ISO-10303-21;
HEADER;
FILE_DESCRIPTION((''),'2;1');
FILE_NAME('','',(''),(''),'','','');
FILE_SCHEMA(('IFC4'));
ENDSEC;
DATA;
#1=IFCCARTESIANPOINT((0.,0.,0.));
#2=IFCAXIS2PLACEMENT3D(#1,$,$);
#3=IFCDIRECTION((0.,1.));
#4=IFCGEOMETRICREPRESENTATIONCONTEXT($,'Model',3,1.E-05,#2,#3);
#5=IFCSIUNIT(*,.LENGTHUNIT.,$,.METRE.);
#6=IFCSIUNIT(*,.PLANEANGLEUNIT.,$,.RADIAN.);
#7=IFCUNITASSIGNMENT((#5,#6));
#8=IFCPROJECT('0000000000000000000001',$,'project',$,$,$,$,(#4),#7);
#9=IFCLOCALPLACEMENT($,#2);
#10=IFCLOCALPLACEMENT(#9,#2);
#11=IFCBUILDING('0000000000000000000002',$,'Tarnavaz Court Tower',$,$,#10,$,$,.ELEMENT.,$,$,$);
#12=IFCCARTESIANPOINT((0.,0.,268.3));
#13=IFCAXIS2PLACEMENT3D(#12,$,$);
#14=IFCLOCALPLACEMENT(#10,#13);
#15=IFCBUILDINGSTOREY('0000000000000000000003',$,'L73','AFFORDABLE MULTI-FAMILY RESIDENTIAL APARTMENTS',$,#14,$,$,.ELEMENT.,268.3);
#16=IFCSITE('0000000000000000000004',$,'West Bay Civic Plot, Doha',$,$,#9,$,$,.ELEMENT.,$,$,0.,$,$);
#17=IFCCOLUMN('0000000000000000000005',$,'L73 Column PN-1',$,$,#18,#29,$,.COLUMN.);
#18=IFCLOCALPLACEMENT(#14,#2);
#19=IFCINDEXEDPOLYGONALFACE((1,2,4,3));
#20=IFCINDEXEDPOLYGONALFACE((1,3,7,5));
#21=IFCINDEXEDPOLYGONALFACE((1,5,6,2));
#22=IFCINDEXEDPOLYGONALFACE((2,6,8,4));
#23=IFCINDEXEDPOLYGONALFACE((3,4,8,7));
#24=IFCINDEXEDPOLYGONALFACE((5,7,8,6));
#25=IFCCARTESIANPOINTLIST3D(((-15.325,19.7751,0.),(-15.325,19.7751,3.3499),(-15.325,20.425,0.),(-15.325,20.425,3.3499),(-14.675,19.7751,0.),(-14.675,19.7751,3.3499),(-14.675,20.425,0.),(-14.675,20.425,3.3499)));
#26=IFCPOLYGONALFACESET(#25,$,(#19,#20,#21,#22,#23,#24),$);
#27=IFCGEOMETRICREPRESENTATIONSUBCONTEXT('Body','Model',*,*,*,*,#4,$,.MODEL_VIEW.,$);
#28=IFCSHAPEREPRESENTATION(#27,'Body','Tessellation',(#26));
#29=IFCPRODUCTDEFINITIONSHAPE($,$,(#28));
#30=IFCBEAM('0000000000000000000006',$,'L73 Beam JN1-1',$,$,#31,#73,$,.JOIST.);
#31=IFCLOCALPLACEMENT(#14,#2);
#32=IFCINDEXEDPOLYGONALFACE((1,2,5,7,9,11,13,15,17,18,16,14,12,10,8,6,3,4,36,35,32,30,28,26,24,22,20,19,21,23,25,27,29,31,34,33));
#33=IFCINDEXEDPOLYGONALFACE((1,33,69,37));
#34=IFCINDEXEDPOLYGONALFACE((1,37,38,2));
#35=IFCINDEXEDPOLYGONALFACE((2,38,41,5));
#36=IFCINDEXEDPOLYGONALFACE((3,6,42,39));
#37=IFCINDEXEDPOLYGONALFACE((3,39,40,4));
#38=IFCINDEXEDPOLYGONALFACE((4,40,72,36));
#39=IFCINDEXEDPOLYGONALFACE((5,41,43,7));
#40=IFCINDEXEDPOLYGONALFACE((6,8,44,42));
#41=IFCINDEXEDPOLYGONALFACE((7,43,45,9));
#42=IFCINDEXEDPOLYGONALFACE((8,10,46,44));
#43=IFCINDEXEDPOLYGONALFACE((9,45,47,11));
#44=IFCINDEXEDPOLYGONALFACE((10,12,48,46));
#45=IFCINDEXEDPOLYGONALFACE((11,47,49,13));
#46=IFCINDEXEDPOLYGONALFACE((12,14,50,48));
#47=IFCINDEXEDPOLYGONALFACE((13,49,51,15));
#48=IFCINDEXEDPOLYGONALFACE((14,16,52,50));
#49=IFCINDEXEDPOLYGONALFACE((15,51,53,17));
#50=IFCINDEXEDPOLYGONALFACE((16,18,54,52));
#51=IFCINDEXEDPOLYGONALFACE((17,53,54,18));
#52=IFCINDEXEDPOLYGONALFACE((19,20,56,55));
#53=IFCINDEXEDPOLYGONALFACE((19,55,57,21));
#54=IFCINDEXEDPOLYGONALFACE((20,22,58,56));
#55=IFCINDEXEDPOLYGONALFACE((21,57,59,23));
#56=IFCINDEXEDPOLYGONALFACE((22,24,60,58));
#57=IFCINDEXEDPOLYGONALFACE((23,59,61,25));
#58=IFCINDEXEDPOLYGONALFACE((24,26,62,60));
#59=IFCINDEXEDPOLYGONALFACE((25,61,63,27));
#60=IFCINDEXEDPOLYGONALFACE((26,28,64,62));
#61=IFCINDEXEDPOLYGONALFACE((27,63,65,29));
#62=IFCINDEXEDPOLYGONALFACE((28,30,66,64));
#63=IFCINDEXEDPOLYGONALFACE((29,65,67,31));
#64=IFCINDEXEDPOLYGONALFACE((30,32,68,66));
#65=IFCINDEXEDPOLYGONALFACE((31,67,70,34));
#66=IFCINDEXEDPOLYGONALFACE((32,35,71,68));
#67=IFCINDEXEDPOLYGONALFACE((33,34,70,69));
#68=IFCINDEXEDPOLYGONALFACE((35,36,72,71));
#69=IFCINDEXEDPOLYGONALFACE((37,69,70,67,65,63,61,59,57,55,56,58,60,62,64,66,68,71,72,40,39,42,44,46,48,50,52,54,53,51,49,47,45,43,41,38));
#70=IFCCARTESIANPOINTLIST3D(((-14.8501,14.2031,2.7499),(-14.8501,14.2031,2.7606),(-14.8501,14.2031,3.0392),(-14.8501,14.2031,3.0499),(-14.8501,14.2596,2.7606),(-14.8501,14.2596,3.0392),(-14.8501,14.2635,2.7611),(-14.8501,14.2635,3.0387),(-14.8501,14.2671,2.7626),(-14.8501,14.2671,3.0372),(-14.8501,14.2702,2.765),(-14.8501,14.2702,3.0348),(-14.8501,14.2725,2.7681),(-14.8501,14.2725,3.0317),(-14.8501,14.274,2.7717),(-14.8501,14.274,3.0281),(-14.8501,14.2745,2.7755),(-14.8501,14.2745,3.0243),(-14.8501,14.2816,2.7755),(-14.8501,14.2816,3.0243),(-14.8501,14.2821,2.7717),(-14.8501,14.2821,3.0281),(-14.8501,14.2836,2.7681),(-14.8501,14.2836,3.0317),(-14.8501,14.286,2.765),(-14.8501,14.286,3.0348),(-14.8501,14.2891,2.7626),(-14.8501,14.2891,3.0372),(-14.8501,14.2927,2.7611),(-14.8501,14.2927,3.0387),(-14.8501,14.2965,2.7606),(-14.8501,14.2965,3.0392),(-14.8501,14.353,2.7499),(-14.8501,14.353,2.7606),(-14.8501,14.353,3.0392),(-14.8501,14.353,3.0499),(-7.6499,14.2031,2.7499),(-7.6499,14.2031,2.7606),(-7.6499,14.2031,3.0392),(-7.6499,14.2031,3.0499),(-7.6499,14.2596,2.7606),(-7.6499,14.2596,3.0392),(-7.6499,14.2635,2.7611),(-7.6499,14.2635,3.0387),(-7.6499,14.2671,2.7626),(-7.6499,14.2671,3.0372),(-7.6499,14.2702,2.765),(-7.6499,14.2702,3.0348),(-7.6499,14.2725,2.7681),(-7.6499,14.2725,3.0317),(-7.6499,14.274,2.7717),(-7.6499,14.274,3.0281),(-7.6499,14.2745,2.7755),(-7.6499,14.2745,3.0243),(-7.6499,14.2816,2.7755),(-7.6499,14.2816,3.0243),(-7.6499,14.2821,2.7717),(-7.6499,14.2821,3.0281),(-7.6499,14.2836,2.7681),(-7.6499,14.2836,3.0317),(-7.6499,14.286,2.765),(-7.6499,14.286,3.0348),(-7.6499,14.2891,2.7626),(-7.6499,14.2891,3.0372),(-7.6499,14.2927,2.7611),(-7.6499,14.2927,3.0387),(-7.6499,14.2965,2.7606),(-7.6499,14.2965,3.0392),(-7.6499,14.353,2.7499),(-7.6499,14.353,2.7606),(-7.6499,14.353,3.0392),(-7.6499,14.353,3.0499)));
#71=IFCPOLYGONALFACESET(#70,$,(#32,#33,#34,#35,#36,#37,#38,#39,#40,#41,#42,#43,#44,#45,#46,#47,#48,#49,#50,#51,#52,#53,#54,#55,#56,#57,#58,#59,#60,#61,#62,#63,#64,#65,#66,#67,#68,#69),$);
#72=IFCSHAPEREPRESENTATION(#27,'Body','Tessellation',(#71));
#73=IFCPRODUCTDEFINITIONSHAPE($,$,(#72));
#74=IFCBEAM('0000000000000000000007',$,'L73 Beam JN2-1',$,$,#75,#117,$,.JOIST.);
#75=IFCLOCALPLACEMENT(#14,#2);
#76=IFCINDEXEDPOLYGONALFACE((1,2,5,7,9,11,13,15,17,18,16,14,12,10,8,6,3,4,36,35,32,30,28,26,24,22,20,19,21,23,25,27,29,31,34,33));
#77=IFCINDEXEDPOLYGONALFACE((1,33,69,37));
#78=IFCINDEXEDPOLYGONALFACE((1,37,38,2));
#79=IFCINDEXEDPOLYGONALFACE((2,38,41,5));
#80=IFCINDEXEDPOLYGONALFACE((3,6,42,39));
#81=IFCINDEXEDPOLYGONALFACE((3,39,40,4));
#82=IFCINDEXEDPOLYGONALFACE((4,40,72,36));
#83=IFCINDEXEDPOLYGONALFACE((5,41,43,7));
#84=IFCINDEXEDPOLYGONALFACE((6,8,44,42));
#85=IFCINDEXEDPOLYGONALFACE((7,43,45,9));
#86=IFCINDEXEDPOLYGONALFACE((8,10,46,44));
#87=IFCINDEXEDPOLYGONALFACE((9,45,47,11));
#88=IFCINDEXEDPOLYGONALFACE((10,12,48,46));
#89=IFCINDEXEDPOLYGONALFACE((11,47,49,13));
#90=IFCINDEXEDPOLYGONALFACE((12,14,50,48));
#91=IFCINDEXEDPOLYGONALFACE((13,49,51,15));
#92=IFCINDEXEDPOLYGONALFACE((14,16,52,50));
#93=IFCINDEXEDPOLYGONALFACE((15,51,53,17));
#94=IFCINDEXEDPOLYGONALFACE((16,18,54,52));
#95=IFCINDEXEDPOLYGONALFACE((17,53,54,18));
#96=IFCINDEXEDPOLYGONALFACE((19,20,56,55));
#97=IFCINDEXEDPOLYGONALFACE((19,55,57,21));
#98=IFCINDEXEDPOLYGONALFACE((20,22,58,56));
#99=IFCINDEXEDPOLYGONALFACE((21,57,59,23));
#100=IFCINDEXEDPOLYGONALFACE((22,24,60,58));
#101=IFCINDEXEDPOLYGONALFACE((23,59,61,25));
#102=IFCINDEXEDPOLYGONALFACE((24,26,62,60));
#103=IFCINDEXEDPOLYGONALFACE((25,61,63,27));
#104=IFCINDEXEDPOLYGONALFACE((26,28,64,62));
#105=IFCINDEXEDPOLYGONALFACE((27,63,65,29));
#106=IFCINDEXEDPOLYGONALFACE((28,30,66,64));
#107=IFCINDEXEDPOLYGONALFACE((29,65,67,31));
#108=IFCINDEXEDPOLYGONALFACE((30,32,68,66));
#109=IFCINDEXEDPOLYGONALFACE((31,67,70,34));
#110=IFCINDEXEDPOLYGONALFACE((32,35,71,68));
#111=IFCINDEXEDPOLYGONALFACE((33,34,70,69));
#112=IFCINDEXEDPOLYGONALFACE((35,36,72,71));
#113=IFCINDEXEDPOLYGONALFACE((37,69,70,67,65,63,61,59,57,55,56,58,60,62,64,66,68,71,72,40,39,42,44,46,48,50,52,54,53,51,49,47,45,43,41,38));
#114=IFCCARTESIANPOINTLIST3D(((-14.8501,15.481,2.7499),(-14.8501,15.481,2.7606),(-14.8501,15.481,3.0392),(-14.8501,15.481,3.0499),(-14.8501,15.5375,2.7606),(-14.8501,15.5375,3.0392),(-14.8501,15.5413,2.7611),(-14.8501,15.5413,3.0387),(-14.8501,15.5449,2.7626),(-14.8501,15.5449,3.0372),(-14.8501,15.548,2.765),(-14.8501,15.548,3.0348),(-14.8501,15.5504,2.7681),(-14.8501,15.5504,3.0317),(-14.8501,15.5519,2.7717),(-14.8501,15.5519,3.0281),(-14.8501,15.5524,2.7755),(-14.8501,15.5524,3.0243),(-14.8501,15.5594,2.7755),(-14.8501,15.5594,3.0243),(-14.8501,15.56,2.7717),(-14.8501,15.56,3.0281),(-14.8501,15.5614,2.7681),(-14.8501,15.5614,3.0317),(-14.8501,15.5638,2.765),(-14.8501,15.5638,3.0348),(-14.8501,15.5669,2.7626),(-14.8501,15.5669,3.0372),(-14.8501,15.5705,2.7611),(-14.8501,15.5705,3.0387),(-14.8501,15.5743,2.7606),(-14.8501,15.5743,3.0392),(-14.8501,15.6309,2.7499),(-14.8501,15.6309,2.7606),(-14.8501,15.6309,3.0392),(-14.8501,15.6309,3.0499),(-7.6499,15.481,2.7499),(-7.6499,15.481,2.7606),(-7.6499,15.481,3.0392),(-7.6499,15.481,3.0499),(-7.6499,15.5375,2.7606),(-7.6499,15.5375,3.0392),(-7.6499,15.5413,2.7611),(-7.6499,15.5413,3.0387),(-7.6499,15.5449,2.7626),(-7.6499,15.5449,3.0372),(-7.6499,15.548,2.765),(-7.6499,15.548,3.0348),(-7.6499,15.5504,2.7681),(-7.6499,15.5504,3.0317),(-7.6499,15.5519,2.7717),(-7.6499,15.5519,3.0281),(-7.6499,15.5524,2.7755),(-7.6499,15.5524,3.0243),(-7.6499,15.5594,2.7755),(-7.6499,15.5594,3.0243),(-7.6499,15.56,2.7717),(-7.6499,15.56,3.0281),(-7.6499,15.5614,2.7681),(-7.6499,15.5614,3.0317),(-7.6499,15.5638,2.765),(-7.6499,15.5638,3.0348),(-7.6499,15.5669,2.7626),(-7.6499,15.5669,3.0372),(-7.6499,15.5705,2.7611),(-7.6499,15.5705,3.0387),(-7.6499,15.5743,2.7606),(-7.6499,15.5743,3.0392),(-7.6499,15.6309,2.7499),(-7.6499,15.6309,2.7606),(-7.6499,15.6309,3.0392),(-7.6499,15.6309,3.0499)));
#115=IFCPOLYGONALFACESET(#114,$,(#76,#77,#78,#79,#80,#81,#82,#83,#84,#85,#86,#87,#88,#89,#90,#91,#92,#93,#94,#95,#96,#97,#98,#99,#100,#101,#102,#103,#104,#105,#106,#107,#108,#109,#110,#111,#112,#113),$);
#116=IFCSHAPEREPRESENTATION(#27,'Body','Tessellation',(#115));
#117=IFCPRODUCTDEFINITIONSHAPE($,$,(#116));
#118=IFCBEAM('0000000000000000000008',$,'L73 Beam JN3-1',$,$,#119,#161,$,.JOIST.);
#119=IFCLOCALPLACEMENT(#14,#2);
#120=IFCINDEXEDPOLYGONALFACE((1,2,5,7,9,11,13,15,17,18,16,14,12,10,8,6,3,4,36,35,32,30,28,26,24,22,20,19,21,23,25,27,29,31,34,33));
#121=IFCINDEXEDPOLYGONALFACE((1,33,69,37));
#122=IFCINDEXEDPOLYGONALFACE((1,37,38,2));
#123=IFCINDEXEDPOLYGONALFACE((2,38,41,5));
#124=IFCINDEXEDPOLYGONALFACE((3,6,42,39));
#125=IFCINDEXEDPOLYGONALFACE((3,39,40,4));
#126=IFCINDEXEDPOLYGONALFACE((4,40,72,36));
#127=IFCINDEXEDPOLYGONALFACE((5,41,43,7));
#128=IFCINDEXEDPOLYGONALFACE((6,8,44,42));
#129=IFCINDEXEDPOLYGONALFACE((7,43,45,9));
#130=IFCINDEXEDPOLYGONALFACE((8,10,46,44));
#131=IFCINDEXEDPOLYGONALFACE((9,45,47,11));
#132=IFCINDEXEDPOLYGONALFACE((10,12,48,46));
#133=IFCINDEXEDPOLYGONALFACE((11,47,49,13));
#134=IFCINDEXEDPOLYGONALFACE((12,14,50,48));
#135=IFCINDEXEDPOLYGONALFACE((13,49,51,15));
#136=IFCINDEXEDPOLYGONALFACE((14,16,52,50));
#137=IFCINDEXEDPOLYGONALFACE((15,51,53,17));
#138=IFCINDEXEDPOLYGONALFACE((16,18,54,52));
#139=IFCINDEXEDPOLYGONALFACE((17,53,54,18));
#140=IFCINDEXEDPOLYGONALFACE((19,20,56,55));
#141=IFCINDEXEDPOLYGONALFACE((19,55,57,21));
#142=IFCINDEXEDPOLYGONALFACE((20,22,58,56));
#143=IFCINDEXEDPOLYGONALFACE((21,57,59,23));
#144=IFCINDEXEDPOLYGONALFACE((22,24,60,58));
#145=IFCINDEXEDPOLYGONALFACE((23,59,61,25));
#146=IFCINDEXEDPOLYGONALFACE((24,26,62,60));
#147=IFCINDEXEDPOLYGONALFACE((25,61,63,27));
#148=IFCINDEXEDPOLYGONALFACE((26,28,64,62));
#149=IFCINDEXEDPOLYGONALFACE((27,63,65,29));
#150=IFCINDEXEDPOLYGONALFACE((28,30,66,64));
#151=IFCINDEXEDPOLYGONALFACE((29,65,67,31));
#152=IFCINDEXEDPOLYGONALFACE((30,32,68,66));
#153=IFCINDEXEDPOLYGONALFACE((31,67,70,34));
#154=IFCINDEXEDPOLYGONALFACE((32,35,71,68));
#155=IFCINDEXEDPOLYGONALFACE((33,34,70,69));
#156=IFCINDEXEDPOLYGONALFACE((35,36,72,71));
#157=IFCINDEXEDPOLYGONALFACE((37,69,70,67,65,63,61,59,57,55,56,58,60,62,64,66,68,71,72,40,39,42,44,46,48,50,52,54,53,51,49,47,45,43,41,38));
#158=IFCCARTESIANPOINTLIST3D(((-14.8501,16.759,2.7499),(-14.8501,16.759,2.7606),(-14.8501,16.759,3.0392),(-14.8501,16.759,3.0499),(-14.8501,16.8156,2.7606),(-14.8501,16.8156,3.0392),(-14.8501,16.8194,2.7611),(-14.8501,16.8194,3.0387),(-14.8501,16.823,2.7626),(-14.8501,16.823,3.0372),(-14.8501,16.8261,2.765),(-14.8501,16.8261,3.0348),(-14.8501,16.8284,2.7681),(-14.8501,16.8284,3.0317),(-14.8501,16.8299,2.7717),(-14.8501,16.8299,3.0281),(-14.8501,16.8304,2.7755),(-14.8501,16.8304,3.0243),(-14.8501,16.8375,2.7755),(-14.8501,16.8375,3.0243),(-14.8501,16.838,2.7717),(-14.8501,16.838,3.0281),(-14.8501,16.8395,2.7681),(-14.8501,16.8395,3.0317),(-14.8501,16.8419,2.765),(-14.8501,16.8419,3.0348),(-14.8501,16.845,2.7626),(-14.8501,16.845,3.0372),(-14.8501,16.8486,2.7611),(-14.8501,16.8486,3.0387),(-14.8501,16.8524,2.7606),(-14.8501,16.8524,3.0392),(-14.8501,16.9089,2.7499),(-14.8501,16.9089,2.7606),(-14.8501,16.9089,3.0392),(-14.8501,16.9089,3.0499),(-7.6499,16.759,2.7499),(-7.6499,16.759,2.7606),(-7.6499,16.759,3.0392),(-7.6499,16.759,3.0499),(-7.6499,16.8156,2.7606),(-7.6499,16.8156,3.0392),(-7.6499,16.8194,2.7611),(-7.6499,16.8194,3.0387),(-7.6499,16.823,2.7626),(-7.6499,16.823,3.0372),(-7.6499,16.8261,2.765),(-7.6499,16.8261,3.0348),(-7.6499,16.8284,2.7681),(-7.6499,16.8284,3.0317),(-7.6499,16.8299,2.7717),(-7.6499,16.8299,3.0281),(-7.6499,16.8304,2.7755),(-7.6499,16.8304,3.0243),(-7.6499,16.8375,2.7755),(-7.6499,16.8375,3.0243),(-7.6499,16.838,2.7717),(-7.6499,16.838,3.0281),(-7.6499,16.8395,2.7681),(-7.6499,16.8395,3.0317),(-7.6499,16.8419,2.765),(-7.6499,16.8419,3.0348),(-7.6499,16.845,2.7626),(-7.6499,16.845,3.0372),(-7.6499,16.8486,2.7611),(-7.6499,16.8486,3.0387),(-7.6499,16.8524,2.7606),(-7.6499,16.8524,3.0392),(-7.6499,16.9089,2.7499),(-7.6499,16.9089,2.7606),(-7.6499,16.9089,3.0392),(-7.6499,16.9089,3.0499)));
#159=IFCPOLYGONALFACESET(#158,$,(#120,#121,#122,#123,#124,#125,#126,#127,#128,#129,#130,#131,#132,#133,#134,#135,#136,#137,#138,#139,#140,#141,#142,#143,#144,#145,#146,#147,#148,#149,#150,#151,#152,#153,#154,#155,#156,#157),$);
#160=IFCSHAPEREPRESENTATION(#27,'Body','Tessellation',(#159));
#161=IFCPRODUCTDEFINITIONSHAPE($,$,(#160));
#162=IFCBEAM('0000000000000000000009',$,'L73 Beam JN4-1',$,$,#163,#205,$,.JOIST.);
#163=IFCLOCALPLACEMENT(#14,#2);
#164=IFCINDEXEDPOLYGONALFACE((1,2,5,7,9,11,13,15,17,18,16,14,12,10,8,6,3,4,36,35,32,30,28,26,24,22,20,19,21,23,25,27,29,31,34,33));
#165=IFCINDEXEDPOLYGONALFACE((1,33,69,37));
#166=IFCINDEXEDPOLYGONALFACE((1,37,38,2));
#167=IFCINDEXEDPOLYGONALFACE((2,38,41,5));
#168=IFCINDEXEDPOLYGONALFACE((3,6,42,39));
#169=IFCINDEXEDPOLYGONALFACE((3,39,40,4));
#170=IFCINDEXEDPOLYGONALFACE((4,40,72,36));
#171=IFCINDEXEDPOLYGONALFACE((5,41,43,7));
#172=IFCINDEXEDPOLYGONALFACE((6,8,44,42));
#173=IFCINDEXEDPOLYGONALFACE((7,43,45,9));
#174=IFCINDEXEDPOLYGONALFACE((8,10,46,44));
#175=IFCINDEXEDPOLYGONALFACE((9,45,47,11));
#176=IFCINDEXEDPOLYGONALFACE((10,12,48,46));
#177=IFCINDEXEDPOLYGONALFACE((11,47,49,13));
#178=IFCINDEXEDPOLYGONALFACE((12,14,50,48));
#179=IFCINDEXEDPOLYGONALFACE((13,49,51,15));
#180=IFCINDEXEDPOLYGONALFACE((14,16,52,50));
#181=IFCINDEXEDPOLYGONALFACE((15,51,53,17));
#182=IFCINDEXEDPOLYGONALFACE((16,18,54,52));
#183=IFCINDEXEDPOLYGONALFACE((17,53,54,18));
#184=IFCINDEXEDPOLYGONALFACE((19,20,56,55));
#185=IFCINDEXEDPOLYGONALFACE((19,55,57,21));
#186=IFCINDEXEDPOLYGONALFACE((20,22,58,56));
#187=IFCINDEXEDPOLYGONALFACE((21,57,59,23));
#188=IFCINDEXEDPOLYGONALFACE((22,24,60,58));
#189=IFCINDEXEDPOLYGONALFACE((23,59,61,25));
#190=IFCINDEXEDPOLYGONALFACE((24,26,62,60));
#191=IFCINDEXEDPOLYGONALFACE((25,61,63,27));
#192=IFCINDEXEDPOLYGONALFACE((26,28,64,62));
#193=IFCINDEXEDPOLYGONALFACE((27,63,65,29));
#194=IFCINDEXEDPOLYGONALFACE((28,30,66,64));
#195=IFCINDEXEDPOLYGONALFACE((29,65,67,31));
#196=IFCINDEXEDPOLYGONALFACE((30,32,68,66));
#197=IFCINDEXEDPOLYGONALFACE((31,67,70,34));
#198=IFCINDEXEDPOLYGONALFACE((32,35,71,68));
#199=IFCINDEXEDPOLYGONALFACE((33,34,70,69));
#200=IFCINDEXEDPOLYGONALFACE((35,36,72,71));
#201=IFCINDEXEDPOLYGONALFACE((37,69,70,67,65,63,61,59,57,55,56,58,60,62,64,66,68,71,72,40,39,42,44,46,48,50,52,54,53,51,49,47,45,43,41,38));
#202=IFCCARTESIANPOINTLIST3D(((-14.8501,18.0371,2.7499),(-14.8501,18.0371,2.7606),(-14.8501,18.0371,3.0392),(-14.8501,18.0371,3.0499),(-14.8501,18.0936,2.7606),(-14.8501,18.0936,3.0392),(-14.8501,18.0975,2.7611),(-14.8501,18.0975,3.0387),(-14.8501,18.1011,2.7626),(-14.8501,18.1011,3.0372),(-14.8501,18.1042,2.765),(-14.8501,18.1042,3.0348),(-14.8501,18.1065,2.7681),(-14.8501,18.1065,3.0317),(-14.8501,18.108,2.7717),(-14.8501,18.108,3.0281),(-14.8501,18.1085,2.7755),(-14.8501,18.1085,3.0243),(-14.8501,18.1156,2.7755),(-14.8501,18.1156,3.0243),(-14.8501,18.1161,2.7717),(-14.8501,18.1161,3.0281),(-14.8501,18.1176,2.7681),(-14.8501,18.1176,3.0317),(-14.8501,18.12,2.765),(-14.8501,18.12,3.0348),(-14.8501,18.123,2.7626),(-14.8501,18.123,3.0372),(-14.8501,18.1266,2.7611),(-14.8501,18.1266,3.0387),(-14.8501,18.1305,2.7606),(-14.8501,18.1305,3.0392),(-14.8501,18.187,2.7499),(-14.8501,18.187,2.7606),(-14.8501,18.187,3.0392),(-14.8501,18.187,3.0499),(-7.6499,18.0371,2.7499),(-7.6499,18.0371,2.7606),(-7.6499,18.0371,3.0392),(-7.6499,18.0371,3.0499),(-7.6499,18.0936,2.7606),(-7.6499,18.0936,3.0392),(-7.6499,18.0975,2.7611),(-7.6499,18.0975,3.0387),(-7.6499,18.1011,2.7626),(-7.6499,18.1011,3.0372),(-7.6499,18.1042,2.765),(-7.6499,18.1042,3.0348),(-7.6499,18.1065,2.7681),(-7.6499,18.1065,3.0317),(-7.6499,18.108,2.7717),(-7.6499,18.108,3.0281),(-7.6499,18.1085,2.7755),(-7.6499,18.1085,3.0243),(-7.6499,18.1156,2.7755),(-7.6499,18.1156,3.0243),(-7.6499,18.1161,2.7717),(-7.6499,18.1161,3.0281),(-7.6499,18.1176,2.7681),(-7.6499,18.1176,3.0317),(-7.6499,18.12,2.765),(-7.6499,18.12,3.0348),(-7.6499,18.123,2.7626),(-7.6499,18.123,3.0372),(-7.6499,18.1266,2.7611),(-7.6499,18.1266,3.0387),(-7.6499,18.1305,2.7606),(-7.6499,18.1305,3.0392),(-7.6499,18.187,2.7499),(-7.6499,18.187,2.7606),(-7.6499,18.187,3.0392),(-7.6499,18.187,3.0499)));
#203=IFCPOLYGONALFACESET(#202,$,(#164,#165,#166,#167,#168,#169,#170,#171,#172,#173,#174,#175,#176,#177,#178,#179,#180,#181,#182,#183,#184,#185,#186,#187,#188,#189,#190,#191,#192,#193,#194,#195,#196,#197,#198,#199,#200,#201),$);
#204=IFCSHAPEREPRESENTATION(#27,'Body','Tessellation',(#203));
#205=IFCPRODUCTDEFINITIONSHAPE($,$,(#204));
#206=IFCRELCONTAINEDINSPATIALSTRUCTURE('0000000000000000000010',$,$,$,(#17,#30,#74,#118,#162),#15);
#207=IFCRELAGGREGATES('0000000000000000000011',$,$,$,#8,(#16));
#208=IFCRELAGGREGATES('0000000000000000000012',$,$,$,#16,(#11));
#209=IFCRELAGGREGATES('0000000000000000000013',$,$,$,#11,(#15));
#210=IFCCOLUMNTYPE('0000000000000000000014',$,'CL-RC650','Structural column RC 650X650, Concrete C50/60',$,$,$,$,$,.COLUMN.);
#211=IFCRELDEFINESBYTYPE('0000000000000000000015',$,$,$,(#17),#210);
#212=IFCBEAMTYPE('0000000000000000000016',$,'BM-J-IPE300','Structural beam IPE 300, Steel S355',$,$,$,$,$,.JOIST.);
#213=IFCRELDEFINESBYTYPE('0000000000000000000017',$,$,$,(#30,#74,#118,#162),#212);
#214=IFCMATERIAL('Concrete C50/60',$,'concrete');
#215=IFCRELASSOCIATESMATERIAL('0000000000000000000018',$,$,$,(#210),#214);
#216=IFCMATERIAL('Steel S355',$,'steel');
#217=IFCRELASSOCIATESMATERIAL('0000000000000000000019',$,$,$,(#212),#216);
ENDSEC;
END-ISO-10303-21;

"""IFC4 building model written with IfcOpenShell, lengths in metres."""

from ifc_helpers import new_model, si_unit, direction, frame, origin, origin_2d, place, context, subcontext, project, spatial, rectangle, i_section, extrude, material, material_profile, profile_set, type_object, element, save


model = new_model("IFC4")

# Units and contexts
model_context = context("Model", 3, precision=1e-05, world=origin(), true_north=direction((0.0, 1.0)))
body_context = subcontext(model_context, "Body", "Model", "MODEL_VIEW")
ifc_project = project(units=[si_unit("LENGTHUNIT", "METRE"), si_unit("PLANEANGLEUNIT", "RADIAN")], contexts=[model_context])

# Site, building, storey
site_placement = place(None, origin())
site = spatial("IfcSite", under=ifc_project, at=site_placement, Name="West Bay Civic Plot, Doha", CompositionType="ELEMENT", RefElevation=0.0)
building_placement = place(site_placement, origin())
building = spatial("IfcBuilding", under=site, at=building_placement, Name="Tarnavaz Court Tower", CompositionType="ELEMENT")
storey_placement = place(building_placement, frame((0.0, 0.0, 268.3)))
storey = spatial("IfcBuildingStorey", under=building, at=storey_placement, Name="L73", Description="AFFORDABLE MULTI-FAMILY RESIDENTIAL APARTMENTS", CompositionType="ELEMENT", Elevation=268.3)

# Column
ifc_material_1 = material(Name="Concrete C50/60", Category="concrete")
ifc_material_profile_1 = material_profile(ifc_material_1, rectangle(XDim=0.6499, YDim=0.6499, at=origin_2d()), Name="RC 650X650")
ifc_profile_set_1 = profile_set([ifc_material_profile_1], Name="Concrete C50/60")
column_type = type_object("IfcColumnType", Name="CL-RC650", Description="Structural column RC 650X650, Concrete C50/60", PredefinedType="COLUMN", material=ifc_profile_set_1)
column_placement = place(storey_placement, frame((-15.0, 20.1001, 0.0), z_axis=(0.0, 0.0, 1.0), x_axis=(1.0, 0.0, 0.0)))
element("IfcColumn", 1, at=column_placement, inside=storey, type_object=column_type, Name="L73 Column PN-1", PredefinedType="COLUMN", context=body_context, shape_type="SweptSolid", body=[
    extrude(rectangle(XDim=0.6499, YDim=0.6499, at=origin_2d()), origin(), (0.0, 0.0, 1.0), 3.3499),
])

# Beams
ifc_material_2 = material(Name="Steel S355", Category="steel")
ifc_material_profile_2 = material_profile(ifc_material_2, i_section(OverallWidth=0.1499, OverallDepth=0.3, WebThickness=0.0071, FlangeThickness=0.0107, FilletRadius=0.0149, at=origin_2d()), Name="IPE 300")
ifc_profile_set_2 = profile_set([ifc_material_profile_2], Name="Steel S355")
beam_type_1 = type_object("IfcBeamType", Name="BM-J-IPE300", Description="Structural beam IPE 300, Steel S355", PredefinedType="JOIST", material=ifc_profile_set_2)
for number, where, z_axis, x_axis, name in (
    (2, (-14.8501, 14.2781, 2.8999), (1.0, 0.0, 0.0), (0.0, 1.0, 0.0), "L73 Beam JN1-1"),
    (3, (-14.8501, 15.5559, 2.8999), (1.0, 0.0, 0.0), (0.0, 1.0, 0.0), "L73 Beam JN2-1"),
    (4, (-14.8501, 16.834, 2.8999), (1.0, 0.0, 0.0), (0.0, 1.0, 0.0), "L73 Beam JN3-1"),
    (5, (-14.8501, 18.1121, 2.8999), (1.0, 0.0, 0.0), (0.0, 1.0, 0.0), "L73 Beam JN4-1"),
):
    element("IfcBeam", number, at=place(storey_placement, frame(where, z_axis=z_axis, x_axis=x_axis)), inside=storey, type_object=beam_type_1, Name=name, PredefinedType="JOIST", context=body_context, shape_type="SweptSolid", body=[
        extrude(i_section(OverallWidth=0.1499, OverallDepth=0.3, WebThickness=0.0071, FlangeThickness=0.0107, FilletRadius=0.0149, at=origin_2d()), origin(), (0.0, 0.0, 1.0), 7.2002),
    ])

save(model, "model.ifc")
